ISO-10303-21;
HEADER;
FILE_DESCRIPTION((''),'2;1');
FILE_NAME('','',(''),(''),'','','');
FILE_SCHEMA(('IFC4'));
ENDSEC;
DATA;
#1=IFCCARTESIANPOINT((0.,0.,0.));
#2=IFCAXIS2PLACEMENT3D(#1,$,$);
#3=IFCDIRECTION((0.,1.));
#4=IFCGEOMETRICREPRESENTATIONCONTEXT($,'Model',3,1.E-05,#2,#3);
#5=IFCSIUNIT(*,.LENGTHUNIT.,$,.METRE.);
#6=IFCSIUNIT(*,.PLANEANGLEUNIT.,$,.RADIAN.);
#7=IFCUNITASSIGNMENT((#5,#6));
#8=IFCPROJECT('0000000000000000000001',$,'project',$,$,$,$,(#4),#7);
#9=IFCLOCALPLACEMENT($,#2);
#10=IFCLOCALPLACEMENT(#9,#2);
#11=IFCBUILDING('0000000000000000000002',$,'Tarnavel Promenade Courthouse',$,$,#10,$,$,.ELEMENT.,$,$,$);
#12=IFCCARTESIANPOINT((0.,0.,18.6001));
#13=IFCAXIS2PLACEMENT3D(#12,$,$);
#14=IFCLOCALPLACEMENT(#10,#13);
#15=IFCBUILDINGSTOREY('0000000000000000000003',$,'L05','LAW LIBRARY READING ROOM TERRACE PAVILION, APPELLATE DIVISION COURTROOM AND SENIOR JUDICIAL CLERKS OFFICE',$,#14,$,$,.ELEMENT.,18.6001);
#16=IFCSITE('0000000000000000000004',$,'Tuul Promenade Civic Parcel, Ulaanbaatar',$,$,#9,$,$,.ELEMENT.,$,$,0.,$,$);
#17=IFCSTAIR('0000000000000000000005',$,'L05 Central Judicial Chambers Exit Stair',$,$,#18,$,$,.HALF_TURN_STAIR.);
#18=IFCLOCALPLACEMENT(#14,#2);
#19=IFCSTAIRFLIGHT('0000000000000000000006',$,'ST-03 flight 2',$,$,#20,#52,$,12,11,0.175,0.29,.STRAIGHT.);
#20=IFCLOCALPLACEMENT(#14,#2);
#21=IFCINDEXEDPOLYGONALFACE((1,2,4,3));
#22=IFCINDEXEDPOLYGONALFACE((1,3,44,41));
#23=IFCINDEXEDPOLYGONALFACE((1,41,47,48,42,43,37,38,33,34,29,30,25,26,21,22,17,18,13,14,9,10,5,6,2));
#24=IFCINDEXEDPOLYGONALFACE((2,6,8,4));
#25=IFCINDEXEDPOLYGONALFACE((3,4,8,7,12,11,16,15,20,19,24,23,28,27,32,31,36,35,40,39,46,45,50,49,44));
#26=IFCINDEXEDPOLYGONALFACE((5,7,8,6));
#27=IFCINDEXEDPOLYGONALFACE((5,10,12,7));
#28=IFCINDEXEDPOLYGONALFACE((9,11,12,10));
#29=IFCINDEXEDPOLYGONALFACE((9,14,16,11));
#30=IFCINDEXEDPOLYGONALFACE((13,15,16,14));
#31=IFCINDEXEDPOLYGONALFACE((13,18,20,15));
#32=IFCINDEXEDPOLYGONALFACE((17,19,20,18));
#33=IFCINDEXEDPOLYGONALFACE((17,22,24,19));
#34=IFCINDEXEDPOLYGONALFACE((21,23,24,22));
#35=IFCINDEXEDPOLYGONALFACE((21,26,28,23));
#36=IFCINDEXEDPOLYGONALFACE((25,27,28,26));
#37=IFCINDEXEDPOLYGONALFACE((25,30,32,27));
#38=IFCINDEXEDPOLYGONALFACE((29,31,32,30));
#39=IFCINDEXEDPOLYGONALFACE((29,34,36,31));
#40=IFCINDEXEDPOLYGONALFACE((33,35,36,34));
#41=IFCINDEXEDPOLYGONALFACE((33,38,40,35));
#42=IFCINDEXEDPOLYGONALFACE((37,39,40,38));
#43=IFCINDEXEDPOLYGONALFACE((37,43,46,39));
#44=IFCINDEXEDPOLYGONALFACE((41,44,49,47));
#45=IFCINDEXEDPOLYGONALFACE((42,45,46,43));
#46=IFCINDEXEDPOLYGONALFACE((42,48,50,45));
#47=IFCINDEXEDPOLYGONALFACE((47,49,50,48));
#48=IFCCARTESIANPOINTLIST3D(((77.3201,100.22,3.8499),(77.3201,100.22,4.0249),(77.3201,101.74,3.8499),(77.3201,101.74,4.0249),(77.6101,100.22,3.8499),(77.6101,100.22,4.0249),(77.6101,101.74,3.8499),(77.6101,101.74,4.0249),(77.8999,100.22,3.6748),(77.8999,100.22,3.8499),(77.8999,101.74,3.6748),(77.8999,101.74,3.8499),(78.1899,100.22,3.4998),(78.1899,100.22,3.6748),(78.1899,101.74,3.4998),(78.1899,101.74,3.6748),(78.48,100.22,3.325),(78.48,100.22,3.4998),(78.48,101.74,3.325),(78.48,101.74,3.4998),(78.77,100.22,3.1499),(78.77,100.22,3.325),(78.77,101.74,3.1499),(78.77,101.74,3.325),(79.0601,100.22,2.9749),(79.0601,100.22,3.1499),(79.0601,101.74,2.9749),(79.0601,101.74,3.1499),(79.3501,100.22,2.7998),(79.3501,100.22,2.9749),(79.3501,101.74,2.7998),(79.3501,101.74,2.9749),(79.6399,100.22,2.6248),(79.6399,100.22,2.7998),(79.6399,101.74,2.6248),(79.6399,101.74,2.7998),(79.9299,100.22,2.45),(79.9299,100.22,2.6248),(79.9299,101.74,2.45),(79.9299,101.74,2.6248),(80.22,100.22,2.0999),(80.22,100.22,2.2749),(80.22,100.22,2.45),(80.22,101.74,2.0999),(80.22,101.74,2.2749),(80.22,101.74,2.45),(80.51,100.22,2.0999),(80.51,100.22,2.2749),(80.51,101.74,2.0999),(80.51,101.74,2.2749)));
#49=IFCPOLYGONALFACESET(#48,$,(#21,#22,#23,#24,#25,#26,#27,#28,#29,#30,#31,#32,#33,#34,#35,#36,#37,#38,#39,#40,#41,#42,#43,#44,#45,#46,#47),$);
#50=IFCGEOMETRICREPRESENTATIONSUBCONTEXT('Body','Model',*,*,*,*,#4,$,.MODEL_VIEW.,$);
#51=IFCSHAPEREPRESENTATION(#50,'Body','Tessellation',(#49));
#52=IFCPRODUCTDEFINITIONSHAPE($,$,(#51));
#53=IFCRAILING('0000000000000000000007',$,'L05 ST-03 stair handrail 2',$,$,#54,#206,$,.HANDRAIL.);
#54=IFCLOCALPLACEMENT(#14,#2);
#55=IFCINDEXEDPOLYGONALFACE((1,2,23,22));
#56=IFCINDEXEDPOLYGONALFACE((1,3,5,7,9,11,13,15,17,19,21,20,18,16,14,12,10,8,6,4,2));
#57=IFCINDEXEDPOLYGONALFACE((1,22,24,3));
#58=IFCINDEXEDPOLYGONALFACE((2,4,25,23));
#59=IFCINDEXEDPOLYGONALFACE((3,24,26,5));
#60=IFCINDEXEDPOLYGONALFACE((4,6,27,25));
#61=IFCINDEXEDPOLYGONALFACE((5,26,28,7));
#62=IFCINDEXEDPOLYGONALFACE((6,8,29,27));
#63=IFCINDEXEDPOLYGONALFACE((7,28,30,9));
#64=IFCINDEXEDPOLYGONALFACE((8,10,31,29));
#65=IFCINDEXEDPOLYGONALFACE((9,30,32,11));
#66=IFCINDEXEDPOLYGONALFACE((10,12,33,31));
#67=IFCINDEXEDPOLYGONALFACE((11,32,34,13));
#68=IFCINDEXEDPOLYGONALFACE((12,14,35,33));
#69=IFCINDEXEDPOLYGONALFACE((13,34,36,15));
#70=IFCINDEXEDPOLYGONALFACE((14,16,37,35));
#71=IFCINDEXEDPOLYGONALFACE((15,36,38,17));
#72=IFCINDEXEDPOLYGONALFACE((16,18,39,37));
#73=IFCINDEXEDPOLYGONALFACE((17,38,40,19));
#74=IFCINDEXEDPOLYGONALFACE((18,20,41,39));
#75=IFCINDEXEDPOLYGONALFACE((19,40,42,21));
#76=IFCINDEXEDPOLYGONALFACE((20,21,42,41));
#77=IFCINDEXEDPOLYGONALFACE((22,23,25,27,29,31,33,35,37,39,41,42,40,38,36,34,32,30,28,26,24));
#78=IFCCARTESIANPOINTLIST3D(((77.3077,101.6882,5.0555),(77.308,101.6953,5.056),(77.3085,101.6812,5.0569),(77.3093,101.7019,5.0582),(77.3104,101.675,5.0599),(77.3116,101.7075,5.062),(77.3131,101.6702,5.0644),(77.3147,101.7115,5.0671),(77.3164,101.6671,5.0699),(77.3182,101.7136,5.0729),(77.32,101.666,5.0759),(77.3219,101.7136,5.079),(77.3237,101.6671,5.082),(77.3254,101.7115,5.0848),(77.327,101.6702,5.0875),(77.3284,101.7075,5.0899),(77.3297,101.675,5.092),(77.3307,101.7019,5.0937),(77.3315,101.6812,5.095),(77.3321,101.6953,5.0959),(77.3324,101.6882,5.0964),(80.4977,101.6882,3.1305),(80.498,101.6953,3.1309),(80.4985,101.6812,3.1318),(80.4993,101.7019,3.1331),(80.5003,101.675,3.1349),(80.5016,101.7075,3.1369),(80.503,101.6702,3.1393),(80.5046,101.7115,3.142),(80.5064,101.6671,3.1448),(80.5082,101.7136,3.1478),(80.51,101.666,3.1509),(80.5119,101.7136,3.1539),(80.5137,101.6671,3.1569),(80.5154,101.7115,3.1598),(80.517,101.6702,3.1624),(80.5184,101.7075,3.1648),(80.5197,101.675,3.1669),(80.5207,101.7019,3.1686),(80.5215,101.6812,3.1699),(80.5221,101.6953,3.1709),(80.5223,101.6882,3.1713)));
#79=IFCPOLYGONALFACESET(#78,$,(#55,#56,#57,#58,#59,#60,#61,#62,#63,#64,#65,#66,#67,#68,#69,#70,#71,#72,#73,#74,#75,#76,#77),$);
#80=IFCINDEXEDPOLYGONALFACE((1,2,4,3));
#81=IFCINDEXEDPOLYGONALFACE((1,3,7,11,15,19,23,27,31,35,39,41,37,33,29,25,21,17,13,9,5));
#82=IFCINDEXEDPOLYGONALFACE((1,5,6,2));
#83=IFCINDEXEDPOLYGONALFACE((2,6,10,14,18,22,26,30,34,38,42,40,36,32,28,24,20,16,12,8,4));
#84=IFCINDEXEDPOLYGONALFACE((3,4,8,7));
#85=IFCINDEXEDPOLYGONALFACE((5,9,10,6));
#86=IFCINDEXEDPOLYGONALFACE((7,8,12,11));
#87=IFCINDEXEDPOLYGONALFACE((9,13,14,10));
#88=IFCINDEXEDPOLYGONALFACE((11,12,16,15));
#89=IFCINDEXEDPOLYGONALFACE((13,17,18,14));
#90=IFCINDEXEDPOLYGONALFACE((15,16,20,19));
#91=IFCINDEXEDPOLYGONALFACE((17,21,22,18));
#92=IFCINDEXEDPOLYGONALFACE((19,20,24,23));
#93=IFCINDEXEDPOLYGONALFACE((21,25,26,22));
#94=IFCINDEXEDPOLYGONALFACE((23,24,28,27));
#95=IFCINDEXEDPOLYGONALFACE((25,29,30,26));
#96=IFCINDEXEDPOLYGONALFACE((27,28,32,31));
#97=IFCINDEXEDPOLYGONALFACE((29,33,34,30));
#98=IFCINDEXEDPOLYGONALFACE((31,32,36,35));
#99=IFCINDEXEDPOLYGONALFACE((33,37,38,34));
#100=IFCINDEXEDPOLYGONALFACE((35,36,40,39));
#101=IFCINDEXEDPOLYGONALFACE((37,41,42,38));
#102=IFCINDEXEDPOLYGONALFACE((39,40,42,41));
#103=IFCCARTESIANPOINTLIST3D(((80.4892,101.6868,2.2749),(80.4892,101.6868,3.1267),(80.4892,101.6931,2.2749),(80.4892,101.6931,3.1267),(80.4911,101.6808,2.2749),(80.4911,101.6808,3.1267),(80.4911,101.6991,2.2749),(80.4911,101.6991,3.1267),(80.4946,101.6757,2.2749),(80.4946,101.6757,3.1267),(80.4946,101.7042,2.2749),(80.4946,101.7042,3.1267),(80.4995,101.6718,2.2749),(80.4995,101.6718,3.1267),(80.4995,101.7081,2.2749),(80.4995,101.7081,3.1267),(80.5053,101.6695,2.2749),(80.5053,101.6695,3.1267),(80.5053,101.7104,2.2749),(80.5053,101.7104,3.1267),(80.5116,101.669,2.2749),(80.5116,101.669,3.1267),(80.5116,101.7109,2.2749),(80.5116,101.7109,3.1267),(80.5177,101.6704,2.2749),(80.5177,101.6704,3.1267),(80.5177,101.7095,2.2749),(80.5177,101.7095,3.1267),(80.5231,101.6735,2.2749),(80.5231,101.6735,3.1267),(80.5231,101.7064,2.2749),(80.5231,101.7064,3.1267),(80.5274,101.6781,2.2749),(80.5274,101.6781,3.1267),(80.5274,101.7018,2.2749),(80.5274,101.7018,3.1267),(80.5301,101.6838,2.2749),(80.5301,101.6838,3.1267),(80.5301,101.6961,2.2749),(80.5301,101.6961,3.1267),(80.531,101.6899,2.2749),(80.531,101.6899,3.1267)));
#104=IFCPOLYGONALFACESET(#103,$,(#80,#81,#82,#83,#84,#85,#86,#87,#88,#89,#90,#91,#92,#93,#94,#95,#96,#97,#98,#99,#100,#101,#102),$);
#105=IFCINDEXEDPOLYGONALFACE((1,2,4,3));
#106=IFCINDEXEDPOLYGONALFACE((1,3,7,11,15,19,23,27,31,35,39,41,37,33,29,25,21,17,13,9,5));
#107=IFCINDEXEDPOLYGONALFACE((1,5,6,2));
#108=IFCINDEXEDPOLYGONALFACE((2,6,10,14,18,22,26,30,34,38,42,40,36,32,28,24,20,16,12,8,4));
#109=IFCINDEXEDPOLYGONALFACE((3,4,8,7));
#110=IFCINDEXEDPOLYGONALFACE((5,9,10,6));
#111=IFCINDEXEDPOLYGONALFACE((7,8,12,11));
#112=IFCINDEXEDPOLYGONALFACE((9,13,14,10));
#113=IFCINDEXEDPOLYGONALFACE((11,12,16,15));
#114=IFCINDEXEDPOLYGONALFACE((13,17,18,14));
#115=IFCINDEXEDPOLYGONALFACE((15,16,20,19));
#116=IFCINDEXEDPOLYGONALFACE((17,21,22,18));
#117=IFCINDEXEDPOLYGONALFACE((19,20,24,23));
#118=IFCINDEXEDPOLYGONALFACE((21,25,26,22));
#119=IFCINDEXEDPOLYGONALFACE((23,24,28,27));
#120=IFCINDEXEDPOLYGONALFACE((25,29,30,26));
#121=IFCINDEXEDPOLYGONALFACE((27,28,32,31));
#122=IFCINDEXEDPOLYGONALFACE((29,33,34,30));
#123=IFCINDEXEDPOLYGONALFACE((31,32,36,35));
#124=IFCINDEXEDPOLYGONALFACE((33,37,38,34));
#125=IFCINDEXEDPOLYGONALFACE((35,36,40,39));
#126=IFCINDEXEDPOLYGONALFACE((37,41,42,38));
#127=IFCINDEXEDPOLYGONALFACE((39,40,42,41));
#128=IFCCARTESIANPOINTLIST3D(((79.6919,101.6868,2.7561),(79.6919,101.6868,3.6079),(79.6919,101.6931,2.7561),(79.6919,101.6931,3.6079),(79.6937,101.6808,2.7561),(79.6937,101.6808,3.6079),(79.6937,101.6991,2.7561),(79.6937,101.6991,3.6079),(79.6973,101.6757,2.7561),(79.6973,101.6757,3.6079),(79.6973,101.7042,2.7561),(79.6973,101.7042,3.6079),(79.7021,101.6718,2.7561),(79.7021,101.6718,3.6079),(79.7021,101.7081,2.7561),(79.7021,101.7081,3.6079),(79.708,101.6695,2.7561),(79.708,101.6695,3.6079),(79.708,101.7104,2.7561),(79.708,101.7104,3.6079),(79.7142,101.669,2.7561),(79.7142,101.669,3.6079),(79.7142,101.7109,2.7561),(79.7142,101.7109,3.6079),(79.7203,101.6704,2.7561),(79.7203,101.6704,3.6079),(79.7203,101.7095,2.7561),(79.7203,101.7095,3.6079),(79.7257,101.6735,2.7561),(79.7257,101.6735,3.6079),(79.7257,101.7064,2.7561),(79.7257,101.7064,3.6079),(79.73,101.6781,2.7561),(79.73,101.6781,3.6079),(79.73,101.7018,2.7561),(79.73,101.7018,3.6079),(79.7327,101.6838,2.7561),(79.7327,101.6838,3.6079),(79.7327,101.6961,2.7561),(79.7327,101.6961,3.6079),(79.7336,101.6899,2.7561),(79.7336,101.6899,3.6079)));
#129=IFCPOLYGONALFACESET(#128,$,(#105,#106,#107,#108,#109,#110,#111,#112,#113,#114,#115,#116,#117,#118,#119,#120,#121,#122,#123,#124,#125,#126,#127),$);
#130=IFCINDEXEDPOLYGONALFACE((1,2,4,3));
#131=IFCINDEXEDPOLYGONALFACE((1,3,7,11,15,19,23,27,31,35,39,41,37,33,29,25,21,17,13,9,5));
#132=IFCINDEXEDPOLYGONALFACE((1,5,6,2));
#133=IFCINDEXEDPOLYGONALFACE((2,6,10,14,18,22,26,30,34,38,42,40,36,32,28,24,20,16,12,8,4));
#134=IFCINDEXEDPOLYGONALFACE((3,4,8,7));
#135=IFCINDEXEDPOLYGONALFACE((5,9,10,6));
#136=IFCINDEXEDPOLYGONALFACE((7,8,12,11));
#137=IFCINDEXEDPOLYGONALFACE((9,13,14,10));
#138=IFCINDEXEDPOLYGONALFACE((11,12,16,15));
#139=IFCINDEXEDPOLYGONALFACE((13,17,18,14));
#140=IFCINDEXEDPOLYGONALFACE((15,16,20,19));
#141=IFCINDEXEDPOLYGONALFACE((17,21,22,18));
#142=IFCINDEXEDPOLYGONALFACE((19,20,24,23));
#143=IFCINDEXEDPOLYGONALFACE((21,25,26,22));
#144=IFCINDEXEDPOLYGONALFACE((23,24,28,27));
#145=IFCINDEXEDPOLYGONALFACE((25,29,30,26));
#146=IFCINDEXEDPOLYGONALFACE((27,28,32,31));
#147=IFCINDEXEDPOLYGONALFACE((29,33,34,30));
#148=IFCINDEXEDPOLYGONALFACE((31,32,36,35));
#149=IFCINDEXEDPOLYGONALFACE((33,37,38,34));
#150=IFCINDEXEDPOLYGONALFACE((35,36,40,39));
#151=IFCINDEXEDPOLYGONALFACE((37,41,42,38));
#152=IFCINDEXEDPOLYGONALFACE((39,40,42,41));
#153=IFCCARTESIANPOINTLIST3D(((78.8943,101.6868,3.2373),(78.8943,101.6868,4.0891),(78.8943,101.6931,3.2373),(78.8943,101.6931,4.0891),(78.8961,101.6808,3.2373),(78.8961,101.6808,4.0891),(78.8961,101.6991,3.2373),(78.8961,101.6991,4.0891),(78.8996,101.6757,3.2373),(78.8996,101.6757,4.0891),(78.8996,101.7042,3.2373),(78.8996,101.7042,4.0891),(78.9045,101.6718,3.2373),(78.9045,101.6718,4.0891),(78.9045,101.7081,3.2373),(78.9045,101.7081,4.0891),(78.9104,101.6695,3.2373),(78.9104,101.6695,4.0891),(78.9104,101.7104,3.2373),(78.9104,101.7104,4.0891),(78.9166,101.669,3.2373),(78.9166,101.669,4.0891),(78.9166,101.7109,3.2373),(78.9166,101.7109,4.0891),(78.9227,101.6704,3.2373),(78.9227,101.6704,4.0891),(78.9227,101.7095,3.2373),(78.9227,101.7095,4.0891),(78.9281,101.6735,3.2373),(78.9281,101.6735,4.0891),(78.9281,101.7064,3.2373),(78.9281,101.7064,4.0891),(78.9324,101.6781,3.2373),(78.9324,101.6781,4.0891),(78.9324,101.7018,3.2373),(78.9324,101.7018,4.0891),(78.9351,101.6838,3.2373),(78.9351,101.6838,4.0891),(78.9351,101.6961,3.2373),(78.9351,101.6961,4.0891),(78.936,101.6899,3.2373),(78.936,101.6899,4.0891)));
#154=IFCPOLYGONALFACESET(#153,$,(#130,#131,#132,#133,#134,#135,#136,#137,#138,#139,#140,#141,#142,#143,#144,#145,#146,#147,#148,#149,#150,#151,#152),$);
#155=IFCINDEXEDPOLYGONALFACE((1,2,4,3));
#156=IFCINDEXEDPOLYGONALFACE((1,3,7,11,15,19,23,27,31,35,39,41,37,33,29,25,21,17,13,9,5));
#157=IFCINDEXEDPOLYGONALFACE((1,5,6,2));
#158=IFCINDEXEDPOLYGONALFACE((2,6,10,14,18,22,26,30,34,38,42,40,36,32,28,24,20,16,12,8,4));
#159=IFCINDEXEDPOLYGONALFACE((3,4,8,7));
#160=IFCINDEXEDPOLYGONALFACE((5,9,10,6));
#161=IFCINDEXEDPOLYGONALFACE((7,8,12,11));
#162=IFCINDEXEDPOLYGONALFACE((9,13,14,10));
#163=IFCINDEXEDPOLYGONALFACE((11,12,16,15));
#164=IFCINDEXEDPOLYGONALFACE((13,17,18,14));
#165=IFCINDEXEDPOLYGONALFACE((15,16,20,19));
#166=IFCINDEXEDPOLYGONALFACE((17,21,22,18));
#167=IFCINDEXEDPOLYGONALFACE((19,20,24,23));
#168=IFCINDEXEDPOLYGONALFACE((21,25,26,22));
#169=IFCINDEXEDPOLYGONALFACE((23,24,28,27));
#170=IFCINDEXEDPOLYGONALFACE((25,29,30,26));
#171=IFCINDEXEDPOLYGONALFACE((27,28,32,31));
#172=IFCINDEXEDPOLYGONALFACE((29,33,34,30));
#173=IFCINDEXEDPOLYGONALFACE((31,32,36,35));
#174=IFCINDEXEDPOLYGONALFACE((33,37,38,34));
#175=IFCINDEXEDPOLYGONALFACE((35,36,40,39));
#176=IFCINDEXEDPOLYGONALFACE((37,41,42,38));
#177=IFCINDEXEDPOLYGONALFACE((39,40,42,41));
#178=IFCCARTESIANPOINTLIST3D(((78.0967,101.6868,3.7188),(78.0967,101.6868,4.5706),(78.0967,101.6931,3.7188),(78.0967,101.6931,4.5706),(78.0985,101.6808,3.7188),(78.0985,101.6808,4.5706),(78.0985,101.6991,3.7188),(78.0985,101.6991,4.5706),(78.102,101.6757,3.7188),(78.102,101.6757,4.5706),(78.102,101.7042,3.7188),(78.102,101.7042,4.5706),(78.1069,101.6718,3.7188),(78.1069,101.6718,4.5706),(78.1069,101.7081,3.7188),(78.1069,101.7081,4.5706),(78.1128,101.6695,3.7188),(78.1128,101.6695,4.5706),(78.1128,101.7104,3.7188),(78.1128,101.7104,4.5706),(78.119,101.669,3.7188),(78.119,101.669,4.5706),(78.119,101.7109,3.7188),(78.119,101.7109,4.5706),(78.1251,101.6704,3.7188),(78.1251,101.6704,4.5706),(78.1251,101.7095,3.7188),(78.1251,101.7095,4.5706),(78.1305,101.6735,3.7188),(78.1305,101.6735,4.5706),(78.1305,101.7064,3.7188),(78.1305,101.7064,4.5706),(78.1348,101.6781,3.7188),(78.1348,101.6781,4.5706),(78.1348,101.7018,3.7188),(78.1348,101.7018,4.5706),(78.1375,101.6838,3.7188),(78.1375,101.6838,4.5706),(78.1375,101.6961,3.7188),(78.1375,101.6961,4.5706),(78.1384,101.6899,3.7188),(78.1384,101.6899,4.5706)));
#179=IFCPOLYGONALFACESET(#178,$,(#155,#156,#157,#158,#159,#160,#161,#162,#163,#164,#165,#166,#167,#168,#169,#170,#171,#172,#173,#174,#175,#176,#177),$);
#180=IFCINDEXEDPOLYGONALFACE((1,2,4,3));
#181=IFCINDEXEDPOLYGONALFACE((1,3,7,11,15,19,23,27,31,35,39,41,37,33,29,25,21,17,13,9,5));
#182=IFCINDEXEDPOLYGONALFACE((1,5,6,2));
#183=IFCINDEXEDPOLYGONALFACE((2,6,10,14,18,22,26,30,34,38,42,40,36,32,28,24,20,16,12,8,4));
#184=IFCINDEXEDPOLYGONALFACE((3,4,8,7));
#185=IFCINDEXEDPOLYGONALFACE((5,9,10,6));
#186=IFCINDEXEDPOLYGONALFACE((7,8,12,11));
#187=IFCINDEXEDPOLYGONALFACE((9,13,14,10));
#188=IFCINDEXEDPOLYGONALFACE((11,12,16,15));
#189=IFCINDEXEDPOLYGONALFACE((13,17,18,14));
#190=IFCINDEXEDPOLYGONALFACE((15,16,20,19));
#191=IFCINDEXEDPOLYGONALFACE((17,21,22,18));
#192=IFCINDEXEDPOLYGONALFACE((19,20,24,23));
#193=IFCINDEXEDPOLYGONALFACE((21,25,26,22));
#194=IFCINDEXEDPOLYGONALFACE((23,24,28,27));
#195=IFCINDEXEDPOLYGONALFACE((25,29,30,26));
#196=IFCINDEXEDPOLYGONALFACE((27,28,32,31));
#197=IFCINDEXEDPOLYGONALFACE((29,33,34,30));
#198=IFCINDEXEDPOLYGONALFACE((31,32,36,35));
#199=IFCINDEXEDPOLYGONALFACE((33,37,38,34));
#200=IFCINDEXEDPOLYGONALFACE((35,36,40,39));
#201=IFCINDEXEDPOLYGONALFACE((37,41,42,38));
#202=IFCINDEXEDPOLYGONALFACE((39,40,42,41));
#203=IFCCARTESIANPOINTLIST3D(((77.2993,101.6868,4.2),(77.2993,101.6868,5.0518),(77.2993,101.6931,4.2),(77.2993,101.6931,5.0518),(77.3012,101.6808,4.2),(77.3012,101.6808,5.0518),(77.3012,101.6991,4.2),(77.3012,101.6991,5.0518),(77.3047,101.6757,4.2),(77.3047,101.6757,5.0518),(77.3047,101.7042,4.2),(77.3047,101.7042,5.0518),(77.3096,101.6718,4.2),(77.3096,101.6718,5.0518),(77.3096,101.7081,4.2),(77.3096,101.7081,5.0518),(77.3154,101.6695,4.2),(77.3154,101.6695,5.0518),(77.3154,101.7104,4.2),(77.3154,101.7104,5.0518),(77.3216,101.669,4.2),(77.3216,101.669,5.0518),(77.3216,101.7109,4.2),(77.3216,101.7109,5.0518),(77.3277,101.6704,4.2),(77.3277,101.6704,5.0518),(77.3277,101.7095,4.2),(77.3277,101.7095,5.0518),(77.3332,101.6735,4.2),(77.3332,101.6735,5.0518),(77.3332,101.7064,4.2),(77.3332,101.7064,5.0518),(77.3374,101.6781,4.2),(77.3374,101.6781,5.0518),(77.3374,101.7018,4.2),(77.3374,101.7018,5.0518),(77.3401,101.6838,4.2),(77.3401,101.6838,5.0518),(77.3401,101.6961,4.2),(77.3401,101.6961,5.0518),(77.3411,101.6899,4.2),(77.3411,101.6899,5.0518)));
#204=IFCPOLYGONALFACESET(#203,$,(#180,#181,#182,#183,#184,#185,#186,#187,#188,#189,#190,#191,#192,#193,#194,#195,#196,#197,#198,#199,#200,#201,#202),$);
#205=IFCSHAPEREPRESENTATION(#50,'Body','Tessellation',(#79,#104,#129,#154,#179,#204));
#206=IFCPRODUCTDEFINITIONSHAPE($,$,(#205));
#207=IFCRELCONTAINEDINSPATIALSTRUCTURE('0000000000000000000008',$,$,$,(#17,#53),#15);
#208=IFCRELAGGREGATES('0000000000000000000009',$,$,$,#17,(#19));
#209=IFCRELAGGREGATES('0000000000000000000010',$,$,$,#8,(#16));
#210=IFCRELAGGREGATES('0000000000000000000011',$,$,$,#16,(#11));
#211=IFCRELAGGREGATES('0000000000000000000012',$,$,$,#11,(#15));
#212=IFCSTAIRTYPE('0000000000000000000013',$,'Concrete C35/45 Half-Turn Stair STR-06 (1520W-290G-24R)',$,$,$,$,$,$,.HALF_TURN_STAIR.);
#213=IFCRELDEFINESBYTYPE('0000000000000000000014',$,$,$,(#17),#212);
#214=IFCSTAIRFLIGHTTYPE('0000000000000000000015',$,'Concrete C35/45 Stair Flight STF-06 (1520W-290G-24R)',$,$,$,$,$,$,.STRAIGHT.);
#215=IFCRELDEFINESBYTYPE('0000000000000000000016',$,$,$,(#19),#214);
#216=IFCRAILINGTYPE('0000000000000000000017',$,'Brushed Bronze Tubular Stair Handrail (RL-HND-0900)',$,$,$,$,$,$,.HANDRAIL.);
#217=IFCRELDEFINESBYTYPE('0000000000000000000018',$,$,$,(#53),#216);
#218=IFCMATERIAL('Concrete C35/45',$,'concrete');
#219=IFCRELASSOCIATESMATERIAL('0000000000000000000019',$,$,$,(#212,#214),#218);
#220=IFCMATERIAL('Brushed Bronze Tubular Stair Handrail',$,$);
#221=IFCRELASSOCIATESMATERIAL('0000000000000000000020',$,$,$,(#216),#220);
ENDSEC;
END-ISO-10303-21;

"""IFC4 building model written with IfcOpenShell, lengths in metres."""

from ifc_helpers import new_model, si_unit, direction, frame, origin, origin_2d, place, context, subcontext, project, spatial, polyline, circle, outline, extrude, material, type_object, element, aggregate, save


model = new_model("IFC4")

# Units and contexts
model_context = context("Model", 3, precision=1e-05, world=origin(), true_north=direction((0.0, 1.0)))
body_context = subcontext(model_context, "Body", "Model", "MODEL_VIEW")
ifc_project = project(units=[si_unit("LENGTHUNIT", "METRE"), si_unit("PLANEANGLEUNIT", "RADIAN")], contexts=[model_context])

# Site, building, storey
site_placement = place(None, origin())
site = spatial("IfcSite", under=ifc_project, at=site_placement, Name="Tuul Promenade Civic Parcel, Ulaanbaatar", CompositionType="ELEMENT", RefElevation=0.0)
building_placement = place(site_placement, origin())
building = spatial("IfcBuilding", under=site, at=building_placement, Name="Tarnavel Promenade Courthouse", CompositionType="ELEMENT")
storey_placement = place(building_placement, frame((0.0, 0.0, 18.6001)))
storey = spatial("IfcBuildingStorey", under=building, at=storey_placement, Name="L05", Description="LAW LIBRARY READING ROOM TERRACE PAVILION, APPELLATE DIVISION COURTROOM AND SENIOR JUDICIAL CLERKS OFFICE", CompositionType="ELEMENT", Elevation=18.6001)

# Stair, stair flight
ifc_material_1 = material(Name="Concrete C35/45", Category="concrete")
stair_type = type_object("IfcStairType", Name="Concrete C35/45 Half-Turn Stair STR-06 (1520W-290G-24R)", PredefinedType="HALF_TURN_STAIR", material=ifc_material_1)
stair_placement = place(storey_placement, origin())
stair = element("IfcStair", 1, at=stair_placement, inside=storey, type_object=stair_type, Name="L05 Central Judicial Chambers Exit Stair", PredefinedType="HALF_TURN_STAIR")
stair_flight_type = type_object("IfcStairFlightType", Name="Concrete C35/45 Stair Flight STF-06 (1520W-290G-24R)", PredefinedType="STRAIGHT", material=ifc_material_1)
stair_flight_placement = place(storey_placement, frame((80.51, 100.98, 2.0999), z_axis=(0.0, 0.0, 1.0), x_axis=(-1.0, 0.0, 0.0)))
stair_flight = element("IfcStairFlight", 2, at=stair_flight_placement, type_object=stair_flight_type, Name="ST-03 flight 2", NumberOfRisers=12, NumberOfTreads=11, PredefinedType="STRAIGHT", RiserHeight=0.175, TreadLength=0.29, context=body_context, shape_type="SweptSolid", body=[
    extrude(outline(polyline([(0.0, 0.0), (0.0, 0.175), (0.29, 0.175), (0.29, 0.3501), (0.5801, 0.3501), (0.5801, 0.5249), (0.8701, 0.5249), (0.8701, 0.7), (1.1599, 0.7), (1.1599, 0.875), (1.45, 0.875), (1.45, 1.05), (1.74, 1.05), (1.74, 1.2251), (2.03, 1.2251), (2.03, 1.3999), (2.3201, 1.3999), (2.3201, 1.575), (2.6101, 1.575), (2.6101, 1.75), (2.8999, 1.75), (2.8999, 1.925), (3.1899, 1.925), (3.1899, 2.1001), (3.1899, 1.75), (0.29, 0.0), (0.0, 0.0)])), frame((0.0, 0.76, 0.0), z_axis=(0.0, -1.0, 0.0), x_axis=(1.0, 0.0, 0.0)), (0.0, 0.0, 1.0), 1.52),
])
aggregate(stair, [stair_flight])

# Railing
ifc_material_2 = material(Name="Brushed Bronze Tubular Stair Handrail")
railing_type_1 = type_object("IfcRailingType", Name="Brushed Bronze Tubular Stair Handrail (RL-HND-0900)", PredefinedType="HANDRAIL", material=ifc_material_2)
railing_1_placement = place(storey_placement, frame((80.51, 101.6899, 2.2749)))
element("IfcRailing", 3, at=railing_1_placement, inside=storey, type_object=railing_type_1, Name="L05 ST-03 stair handrail 2", PredefinedType="HANDRAIL", context=body_context, shape_type="SweptSolid", body=[
    extrude(circle(Radius=0.0239, at=origin_2d()), frame((0.0, 0.0, 0.876), z_axis=(-0.856178, 0.0, 0.516682), x_axis=(0.0, -1.0, 0.0)), (0.0, 0.0, 1.0), 3.7258),
    extrude(circle(Radius=0.021, at=origin_2d()), origin(), (0.0, 0.0, 1.0), 0.8518),
    extrude(circle(Radius=0.021, at=origin_2d()), frame((-0.7974, 0.0, 0.4812)), (0.0, 0.0, 1.0), 0.8518),
    extrude(circle(Radius=0.021, at=origin_2d()), frame((-1.595, 0.0, 0.9624)), (0.0, 0.0, 1.0), 0.8518),
    extrude(circle(Radius=0.021, at=origin_2d()), frame((-2.3926, 0.0, 1.4438)), (0.0, 0.0, 1.0), 0.8518),
    extrude(circle(Radius=0.021, at=origin_2d()), frame((-3.1899, 0.0, 1.925)), (0.0, 0.0, 1.0), 0.8518),
])

save(model, "model.ifc")
